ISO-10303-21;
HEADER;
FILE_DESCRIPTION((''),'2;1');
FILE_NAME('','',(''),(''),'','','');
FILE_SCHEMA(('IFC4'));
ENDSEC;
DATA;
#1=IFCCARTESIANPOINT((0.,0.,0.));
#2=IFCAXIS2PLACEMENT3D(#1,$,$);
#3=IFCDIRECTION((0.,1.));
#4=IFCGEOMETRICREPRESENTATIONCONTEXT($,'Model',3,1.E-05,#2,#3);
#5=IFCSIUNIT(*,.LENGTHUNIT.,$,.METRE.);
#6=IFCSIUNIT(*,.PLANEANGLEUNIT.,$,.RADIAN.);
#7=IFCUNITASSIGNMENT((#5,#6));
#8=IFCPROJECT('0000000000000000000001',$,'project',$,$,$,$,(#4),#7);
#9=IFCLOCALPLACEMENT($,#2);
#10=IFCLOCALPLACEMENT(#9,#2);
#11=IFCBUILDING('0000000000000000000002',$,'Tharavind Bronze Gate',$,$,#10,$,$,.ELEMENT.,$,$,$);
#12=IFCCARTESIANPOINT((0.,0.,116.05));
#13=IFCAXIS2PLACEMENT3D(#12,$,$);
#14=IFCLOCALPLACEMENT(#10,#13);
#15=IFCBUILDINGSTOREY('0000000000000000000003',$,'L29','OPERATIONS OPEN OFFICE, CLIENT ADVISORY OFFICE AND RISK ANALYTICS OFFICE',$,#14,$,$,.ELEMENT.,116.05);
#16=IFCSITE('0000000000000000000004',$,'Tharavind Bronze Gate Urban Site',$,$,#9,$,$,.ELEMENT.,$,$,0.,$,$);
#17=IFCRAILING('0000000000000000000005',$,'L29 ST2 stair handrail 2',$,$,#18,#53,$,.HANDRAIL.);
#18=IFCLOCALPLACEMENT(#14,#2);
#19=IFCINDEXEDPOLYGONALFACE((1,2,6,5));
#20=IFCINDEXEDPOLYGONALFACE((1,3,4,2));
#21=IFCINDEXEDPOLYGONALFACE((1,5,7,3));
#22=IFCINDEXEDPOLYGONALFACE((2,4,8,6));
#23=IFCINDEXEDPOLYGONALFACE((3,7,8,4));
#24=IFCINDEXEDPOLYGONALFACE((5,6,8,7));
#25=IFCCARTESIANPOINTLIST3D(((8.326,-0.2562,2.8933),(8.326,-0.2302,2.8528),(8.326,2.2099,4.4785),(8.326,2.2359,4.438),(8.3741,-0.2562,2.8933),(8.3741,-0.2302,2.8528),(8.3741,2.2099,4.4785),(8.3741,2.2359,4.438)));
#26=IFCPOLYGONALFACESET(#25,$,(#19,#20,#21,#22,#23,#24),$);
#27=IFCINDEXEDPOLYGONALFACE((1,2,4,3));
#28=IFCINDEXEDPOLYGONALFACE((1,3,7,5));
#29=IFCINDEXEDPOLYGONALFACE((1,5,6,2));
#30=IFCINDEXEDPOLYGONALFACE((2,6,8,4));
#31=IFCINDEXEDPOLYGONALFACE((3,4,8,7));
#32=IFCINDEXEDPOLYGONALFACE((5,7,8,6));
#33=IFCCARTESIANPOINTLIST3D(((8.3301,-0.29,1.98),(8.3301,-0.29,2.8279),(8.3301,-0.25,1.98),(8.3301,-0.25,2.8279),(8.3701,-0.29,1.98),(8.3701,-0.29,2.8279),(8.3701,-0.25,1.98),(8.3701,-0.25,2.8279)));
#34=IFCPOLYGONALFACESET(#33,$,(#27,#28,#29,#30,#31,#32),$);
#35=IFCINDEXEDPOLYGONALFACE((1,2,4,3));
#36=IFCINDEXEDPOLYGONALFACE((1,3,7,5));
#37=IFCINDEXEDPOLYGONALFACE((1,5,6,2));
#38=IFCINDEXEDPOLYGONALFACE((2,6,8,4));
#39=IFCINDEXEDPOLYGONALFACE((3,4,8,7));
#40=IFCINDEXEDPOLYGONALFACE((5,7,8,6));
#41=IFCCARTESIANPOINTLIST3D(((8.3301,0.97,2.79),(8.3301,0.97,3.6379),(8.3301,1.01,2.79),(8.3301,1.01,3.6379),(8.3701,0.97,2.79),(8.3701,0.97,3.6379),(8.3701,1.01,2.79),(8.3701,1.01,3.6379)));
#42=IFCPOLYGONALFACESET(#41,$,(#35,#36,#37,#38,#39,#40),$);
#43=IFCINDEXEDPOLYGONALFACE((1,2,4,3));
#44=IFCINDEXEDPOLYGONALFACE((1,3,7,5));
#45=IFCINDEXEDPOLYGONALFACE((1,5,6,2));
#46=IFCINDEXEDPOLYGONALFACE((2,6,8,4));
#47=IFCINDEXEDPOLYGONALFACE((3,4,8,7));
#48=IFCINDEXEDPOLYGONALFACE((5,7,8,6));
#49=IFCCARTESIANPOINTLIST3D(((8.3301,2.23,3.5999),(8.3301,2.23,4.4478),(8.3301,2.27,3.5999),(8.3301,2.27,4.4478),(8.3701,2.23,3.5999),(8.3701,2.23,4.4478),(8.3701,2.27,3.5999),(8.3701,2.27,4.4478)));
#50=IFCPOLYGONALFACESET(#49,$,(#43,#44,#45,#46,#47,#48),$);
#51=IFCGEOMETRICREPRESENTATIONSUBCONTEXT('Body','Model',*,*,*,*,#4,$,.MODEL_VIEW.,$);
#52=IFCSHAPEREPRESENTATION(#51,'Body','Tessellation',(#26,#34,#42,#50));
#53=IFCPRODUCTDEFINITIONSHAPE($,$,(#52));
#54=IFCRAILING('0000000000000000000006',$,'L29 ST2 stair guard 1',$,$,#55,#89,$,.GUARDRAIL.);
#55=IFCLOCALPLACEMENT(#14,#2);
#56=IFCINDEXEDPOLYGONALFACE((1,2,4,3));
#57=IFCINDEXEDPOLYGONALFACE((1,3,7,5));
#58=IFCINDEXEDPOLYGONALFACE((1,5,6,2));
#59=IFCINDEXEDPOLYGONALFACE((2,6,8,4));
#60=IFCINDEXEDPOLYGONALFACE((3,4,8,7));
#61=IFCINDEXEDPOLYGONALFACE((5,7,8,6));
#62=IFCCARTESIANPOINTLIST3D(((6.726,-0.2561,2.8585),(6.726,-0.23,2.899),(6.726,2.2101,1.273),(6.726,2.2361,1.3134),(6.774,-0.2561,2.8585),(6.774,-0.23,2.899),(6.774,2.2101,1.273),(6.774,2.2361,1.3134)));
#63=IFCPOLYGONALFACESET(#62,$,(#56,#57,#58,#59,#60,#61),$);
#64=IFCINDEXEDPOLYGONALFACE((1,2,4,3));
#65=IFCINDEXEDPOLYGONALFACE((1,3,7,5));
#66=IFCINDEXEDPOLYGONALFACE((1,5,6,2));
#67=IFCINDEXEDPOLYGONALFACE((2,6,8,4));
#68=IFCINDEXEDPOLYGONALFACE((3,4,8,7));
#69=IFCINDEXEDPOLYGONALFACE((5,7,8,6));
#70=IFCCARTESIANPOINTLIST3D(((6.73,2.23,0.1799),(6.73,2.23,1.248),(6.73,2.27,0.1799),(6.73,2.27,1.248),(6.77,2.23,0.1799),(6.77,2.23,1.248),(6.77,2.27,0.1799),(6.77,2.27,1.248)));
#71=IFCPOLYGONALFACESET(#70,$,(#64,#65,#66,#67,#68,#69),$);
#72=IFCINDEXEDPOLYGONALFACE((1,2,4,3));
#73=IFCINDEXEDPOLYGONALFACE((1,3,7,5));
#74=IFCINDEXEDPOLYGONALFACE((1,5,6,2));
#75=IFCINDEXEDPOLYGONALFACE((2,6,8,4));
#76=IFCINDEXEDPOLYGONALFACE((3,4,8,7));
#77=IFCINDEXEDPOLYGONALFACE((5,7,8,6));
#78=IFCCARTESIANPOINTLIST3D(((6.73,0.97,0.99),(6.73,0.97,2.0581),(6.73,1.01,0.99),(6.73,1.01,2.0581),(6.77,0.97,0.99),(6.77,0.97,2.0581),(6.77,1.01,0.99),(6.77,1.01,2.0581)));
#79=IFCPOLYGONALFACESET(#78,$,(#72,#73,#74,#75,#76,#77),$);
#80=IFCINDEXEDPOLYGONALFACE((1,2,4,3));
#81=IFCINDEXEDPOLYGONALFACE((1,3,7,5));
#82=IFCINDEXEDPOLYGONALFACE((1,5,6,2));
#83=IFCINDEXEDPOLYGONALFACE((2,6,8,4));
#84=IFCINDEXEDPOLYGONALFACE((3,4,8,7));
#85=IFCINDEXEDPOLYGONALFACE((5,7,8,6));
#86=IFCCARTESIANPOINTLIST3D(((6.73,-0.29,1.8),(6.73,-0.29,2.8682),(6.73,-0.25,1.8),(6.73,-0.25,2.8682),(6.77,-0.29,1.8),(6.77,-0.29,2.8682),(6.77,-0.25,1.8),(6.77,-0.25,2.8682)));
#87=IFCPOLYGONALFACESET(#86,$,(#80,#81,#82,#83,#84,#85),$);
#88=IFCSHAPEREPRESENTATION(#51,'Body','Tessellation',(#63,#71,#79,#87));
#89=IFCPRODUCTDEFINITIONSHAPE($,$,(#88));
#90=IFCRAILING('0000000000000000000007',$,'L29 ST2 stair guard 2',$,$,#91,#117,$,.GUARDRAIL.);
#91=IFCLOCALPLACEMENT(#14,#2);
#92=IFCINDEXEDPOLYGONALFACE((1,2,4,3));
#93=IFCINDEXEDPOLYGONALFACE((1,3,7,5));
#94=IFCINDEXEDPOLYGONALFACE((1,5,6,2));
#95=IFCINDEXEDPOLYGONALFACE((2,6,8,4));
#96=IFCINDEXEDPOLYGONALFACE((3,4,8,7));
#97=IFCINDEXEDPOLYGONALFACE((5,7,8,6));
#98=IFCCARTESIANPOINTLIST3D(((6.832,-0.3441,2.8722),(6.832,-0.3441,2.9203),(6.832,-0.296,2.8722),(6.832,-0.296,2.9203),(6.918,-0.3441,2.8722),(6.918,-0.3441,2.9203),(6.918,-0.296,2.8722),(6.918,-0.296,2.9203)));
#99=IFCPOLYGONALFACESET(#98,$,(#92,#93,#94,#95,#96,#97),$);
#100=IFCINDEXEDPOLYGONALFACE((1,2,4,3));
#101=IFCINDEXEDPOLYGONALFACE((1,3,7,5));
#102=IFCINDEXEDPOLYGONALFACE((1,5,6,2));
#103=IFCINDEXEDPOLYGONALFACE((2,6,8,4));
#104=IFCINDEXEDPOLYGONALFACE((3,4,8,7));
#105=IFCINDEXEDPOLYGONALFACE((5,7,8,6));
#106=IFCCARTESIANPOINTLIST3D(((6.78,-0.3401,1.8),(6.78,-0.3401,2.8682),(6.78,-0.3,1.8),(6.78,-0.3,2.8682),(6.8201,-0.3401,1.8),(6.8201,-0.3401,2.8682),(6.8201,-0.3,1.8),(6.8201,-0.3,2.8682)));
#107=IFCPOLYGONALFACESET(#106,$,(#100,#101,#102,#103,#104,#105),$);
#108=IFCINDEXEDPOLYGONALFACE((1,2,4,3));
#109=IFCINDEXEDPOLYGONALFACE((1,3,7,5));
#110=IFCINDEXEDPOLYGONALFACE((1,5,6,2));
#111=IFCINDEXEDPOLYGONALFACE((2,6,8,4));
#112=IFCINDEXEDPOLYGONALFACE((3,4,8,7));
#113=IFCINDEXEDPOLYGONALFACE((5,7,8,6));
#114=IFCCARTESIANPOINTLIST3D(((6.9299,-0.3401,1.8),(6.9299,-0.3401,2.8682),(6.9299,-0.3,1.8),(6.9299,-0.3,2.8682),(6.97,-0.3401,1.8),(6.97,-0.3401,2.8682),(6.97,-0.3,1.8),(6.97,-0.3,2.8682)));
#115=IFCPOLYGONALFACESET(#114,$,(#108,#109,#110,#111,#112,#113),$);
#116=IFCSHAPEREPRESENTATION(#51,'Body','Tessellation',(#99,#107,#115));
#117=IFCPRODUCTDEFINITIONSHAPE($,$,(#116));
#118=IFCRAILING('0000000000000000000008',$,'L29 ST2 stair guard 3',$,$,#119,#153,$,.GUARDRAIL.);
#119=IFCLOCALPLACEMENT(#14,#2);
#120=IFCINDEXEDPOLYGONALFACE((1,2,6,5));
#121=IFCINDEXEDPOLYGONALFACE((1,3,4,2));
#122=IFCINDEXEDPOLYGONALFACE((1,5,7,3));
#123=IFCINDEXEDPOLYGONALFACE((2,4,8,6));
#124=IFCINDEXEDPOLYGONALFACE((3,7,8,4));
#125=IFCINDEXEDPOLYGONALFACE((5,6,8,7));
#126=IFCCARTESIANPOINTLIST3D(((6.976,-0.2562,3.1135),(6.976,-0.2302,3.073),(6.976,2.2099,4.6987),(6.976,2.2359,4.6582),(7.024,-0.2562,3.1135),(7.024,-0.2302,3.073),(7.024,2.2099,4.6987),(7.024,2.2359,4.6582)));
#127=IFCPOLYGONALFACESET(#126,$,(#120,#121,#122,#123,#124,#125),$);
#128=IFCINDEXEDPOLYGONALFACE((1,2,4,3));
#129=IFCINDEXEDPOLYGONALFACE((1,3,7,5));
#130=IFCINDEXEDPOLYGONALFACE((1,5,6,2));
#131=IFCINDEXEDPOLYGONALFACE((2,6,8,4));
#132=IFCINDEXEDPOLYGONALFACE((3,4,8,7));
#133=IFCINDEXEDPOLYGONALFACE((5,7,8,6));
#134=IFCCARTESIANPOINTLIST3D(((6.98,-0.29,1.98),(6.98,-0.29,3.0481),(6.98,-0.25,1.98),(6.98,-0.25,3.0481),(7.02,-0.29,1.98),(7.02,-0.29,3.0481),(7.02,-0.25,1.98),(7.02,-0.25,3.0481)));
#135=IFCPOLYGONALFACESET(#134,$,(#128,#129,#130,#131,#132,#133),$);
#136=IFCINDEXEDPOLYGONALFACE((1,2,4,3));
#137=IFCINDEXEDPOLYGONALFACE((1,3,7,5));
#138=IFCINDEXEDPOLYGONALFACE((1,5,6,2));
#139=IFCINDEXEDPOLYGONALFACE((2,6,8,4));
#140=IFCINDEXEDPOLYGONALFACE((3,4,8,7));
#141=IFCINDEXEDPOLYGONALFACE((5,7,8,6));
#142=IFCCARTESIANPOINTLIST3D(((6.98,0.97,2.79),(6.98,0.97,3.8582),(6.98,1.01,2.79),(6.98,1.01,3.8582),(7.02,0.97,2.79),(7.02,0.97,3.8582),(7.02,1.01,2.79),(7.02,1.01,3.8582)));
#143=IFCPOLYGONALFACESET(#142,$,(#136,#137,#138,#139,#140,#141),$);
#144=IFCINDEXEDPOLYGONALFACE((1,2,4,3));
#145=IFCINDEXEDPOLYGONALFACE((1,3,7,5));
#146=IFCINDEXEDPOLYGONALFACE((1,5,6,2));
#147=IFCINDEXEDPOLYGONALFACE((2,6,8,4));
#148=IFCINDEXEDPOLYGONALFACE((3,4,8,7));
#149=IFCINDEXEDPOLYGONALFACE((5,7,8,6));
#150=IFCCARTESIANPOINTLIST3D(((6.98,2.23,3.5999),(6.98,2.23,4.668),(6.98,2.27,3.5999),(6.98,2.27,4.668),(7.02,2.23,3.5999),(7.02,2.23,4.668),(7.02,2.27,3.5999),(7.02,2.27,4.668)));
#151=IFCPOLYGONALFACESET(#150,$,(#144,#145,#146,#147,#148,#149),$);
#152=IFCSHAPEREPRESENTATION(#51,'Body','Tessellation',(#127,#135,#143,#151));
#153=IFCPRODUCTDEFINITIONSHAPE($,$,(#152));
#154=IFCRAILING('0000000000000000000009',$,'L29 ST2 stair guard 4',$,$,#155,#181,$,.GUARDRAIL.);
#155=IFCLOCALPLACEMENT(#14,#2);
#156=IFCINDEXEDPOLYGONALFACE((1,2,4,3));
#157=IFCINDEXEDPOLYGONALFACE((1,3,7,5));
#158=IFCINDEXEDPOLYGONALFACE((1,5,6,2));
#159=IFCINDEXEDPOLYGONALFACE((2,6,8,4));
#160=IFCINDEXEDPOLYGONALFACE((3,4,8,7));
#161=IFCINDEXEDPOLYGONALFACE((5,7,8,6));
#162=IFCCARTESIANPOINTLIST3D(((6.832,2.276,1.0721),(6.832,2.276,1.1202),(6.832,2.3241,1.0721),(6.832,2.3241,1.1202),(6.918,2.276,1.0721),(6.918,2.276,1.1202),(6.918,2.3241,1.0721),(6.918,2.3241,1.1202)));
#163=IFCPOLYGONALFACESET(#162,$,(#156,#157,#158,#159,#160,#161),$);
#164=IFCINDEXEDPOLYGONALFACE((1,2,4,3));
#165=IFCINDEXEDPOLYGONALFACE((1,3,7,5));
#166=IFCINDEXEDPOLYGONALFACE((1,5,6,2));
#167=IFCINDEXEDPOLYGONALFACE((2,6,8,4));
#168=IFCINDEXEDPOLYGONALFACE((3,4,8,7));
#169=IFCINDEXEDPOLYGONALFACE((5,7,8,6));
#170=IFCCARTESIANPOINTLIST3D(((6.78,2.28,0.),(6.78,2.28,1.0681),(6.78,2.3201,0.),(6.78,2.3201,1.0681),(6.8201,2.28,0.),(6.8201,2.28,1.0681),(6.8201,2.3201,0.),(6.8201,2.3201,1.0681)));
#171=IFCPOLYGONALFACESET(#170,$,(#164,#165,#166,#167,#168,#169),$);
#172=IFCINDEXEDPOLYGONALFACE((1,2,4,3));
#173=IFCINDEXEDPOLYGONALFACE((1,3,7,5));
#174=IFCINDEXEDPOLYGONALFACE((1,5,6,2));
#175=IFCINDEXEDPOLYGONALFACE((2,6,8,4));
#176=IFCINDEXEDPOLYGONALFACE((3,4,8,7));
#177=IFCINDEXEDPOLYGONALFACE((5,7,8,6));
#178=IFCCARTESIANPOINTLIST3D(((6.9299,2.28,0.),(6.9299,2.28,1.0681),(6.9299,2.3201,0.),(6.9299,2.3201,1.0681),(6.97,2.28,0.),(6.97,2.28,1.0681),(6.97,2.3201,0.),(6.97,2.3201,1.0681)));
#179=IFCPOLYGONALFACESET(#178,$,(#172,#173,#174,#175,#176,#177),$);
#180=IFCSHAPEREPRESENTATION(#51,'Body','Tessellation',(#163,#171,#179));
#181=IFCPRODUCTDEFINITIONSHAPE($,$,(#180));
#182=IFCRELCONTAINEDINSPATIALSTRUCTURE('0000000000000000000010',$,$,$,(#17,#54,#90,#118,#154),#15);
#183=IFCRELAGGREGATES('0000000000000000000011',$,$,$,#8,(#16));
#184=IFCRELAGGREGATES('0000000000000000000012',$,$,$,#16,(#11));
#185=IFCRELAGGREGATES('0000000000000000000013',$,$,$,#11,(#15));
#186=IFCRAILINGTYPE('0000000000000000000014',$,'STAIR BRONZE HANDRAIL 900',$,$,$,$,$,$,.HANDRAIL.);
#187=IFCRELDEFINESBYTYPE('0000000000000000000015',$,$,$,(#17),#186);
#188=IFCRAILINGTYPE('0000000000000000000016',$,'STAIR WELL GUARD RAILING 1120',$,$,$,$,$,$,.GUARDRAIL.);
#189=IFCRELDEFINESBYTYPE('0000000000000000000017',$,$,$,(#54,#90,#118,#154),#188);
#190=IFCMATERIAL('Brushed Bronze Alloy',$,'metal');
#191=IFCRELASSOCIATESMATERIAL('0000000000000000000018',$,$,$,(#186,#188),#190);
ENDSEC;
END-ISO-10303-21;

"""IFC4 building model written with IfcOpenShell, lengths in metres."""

from ifc_helpers import new_model, si_unit, direction, frame, origin, origin_2d, place, context, subcontext, project, spatial, rectangle, extrude, material, type_object, element, save


model = new_model("IFC4")

# Units and contexts
model_context = context("Model", 3, precision=1e-05, world=origin(), true_north=direction((0.0, 1.0)))
body_context = subcontext(model_context, "Body", "Model", "MODEL_VIEW")
ifc_project = project(units=[si_unit("LENGTHUNIT", "METRE"), si_unit("PLANEANGLEUNIT", "RADIAN")], contexts=[model_context])

# Site, building, storey
site_placement = place(None, origin())
site = spatial("IfcSite", under=ifc_project, at=site_placement, Name="Tharavind Bronze Gate Urban Site", CompositionType="ELEMENT", RefElevation=0.0)
building_placement = place(site_placement, origin())
building = spatial("IfcBuilding", under=site, at=building_placement, Name="Tharavind Bronze Gate", CompositionType="ELEMENT")
storey_placement = place(building_placement, frame((0.0, 0.0, 116.05)))
storey = spatial("IfcBuildingStorey", under=building, at=storey_placement, Name="L29", Description="OPERATIONS OPEN OFFICE, CLIENT ADVISORY OFFICE AND RISK ANALYTICS OFFICE", CompositionType="ELEMENT", Elevation=116.05)

# Railings
ifc_material_1 = material(Name="Brushed Bronze Alloy", Category="metal")
railing_type_1 = type_object("IfcRailingType", Name="STAIR BRONZE HANDRAIL 900", PredefinedType="HANDRAIL", material=ifc_material_1)
railing_1_placement = place(storey_placement, frame((8.3501, -0.27, 1.98)))
element("IfcRailing", 1, at=railing_1_placement, inside=storey, type_object=railing_type_1, Name="L29 ST2 stair handrail 2", PredefinedType="HANDRAIL", context=body_context, shape_type="SweptSolid", body=[
    extrude(rectangle(XDim=0.0481, YDim=0.0481, at=origin_2d()), frame((0.0, 0.0269, 0.8931), z_axis=(0.0, 0.8412, 0.540725), x_axis=(-1.0, 0.0, 0.0)), (0.0, 0.0, 1.0), 2.9316),
    extrude(rectangle(XDim=0.04, YDim=0.04, at=origin_2d()), origin(), (0.0, 0.0, 1.0), 0.8479),
    extrude(rectangle(XDim=0.04, YDim=0.04, at=origin_2d()), frame((0.0, 1.26, 0.8101)), (0.0, 0.0, 1.0), 0.8479),
    extrude(rectangle(XDim=0.04, YDim=0.04, at=origin_2d()), frame((0.0, 2.52, 1.6199)), (0.0, 0.0, 1.0), 0.8479),
])
railing_type_2 = type_object("IfcRailingType", Name="STAIR WELL GUARD RAILING 1120", PredefinedType="GUARDRAIL", material=ifc_material_1)
railing_2_placement = place(storey_placement, frame((6.75, 2.25, 0.1799)))
element("IfcRailing", 2, at=railing_2_placement, inside=storey, type_object=railing_type_2, Name="L29 ST2 stair guard 1", PredefinedType="GUARDRAIL", context=body_context, shape_type="SweptSolid", body=[
    extrude(rectangle(XDim=0.0481, YDim=0.0481, at=origin_2d()), frame((0.0, -0.0269, 1.1133), z_axis=(0.0, -0.841163, 0.540782), x_axis=(1.0, 0.0, 0.0)), (0.0, 0.0, 1.0), 2.9319),
    extrude(rectangle(XDim=0.04, YDim=0.04, at=origin_2d()), origin(), (0.0, 0.0, 1.0), 1.0681),
    extrude(rectangle(XDim=0.04, YDim=0.04, at=origin_2d()), frame((0.0, -1.26, 0.8101)), (0.0, 0.0, 1.0), 1.0681),
    extrude(rectangle(XDim=0.04, YDim=0.04, at=origin_2d()), frame((0.0, -2.52, 1.6201)), (0.0, 0.0, 1.0), 1.0681),
])
railing_3_placement = place(storey_placement, frame((6.8, -0.3201, 1.8)))
element("IfcRailing", 3, at=railing_3_placement, inside=storey, type_object=railing_type_2, Name="L29 ST2 stair guard 2", PredefinedType="GUARDRAIL", context=body_context, shape_type="SweptSolid", body=[
    extrude(rectangle(XDim=0.0481, YDim=0.0481, at=origin_2d()), frame((0.032, 0.0, 1.0962), z_axis=(1.0, 0.0, 0.0), x_axis=(0.0, 1.0, 0.0)), (0.0, 0.0, 1.0), 0.0859),
    extrude(rectangle(XDim=0.04, YDim=0.04, at=origin_2d()), origin(), (0.0, 0.0, 1.0), 1.0681),
    extrude(rectangle(XDim=0.04, YDim=0.04, at=origin_2d()), frame((0.1499, 0.0, 0.0)), (0.0, 0.0, 1.0), 1.0681),
])
railing_4_placement = place(storey_placement, frame((7.0, -0.27, 1.98)))
element("IfcRailing", 4, at=railing_4_placement, inside=storey, type_object=railing_type_2, Name="L29 ST2 stair guard 3", PredefinedType="GUARDRAIL", context=body_context, shape_type="SweptSolid", body=[
    extrude(rectangle(XDim=0.0481, YDim=0.0481, at=origin_2d()), frame((0.0, 0.0269, 1.1133), z_axis=(0.0, 0.8412, 0.540725), x_axis=(-1.0, 0.0, 0.0)), (0.0, 0.0, 1.0), 2.9316),
    extrude(rectangle(XDim=0.04, YDim=0.04, at=origin_2d()), origin(), (0.0, 0.0, 1.0), 1.0681),
    extrude(rectangle(XDim=0.04, YDim=0.04, at=origin_2d()), frame((0.0, 1.26, 0.8101)), (0.0, 0.0, 1.0), 1.0681),
    extrude(rectangle(XDim=0.04, YDim=0.04, at=origin_2d()), frame((0.0, 2.52, 1.6199)), (0.0, 0.0, 1.0), 1.0681),
])
railing_5_placement = place(storey_placement, frame((6.8, 2.3, 0.0)))
element("IfcRailing", 5, at=railing_5_placement, inside=storey, type_object=railing_type_2, Name="L29 ST2 stair guard 4", PredefinedType="GUARDRAIL", context=body_context, shape_type="SweptSolid", body=[
    extrude(rectangle(XDim=0.0481, YDim=0.0481, at=origin_2d()), frame((0.032, 0.0, 1.0962), z_axis=(1.0, 0.0, 0.0), x_axis=(0.0, 1.0, 0.0)), (0.0, 0.0, 1.0), 0.0859),
    extrude(rectangle(XDim=0.04, YDim=0.04, at=origin_2d()), origin(), (0.0, 0.0, 1.0), 1.0681),
    extrude(rectangle(XDim=0.04, YDim=0.04, at=origin_2d()), frame((0.1499, 0.0, 0.0)), (0.0, 0.0, 1.0), 1.0681),
])

save(model, "model.ifc")
